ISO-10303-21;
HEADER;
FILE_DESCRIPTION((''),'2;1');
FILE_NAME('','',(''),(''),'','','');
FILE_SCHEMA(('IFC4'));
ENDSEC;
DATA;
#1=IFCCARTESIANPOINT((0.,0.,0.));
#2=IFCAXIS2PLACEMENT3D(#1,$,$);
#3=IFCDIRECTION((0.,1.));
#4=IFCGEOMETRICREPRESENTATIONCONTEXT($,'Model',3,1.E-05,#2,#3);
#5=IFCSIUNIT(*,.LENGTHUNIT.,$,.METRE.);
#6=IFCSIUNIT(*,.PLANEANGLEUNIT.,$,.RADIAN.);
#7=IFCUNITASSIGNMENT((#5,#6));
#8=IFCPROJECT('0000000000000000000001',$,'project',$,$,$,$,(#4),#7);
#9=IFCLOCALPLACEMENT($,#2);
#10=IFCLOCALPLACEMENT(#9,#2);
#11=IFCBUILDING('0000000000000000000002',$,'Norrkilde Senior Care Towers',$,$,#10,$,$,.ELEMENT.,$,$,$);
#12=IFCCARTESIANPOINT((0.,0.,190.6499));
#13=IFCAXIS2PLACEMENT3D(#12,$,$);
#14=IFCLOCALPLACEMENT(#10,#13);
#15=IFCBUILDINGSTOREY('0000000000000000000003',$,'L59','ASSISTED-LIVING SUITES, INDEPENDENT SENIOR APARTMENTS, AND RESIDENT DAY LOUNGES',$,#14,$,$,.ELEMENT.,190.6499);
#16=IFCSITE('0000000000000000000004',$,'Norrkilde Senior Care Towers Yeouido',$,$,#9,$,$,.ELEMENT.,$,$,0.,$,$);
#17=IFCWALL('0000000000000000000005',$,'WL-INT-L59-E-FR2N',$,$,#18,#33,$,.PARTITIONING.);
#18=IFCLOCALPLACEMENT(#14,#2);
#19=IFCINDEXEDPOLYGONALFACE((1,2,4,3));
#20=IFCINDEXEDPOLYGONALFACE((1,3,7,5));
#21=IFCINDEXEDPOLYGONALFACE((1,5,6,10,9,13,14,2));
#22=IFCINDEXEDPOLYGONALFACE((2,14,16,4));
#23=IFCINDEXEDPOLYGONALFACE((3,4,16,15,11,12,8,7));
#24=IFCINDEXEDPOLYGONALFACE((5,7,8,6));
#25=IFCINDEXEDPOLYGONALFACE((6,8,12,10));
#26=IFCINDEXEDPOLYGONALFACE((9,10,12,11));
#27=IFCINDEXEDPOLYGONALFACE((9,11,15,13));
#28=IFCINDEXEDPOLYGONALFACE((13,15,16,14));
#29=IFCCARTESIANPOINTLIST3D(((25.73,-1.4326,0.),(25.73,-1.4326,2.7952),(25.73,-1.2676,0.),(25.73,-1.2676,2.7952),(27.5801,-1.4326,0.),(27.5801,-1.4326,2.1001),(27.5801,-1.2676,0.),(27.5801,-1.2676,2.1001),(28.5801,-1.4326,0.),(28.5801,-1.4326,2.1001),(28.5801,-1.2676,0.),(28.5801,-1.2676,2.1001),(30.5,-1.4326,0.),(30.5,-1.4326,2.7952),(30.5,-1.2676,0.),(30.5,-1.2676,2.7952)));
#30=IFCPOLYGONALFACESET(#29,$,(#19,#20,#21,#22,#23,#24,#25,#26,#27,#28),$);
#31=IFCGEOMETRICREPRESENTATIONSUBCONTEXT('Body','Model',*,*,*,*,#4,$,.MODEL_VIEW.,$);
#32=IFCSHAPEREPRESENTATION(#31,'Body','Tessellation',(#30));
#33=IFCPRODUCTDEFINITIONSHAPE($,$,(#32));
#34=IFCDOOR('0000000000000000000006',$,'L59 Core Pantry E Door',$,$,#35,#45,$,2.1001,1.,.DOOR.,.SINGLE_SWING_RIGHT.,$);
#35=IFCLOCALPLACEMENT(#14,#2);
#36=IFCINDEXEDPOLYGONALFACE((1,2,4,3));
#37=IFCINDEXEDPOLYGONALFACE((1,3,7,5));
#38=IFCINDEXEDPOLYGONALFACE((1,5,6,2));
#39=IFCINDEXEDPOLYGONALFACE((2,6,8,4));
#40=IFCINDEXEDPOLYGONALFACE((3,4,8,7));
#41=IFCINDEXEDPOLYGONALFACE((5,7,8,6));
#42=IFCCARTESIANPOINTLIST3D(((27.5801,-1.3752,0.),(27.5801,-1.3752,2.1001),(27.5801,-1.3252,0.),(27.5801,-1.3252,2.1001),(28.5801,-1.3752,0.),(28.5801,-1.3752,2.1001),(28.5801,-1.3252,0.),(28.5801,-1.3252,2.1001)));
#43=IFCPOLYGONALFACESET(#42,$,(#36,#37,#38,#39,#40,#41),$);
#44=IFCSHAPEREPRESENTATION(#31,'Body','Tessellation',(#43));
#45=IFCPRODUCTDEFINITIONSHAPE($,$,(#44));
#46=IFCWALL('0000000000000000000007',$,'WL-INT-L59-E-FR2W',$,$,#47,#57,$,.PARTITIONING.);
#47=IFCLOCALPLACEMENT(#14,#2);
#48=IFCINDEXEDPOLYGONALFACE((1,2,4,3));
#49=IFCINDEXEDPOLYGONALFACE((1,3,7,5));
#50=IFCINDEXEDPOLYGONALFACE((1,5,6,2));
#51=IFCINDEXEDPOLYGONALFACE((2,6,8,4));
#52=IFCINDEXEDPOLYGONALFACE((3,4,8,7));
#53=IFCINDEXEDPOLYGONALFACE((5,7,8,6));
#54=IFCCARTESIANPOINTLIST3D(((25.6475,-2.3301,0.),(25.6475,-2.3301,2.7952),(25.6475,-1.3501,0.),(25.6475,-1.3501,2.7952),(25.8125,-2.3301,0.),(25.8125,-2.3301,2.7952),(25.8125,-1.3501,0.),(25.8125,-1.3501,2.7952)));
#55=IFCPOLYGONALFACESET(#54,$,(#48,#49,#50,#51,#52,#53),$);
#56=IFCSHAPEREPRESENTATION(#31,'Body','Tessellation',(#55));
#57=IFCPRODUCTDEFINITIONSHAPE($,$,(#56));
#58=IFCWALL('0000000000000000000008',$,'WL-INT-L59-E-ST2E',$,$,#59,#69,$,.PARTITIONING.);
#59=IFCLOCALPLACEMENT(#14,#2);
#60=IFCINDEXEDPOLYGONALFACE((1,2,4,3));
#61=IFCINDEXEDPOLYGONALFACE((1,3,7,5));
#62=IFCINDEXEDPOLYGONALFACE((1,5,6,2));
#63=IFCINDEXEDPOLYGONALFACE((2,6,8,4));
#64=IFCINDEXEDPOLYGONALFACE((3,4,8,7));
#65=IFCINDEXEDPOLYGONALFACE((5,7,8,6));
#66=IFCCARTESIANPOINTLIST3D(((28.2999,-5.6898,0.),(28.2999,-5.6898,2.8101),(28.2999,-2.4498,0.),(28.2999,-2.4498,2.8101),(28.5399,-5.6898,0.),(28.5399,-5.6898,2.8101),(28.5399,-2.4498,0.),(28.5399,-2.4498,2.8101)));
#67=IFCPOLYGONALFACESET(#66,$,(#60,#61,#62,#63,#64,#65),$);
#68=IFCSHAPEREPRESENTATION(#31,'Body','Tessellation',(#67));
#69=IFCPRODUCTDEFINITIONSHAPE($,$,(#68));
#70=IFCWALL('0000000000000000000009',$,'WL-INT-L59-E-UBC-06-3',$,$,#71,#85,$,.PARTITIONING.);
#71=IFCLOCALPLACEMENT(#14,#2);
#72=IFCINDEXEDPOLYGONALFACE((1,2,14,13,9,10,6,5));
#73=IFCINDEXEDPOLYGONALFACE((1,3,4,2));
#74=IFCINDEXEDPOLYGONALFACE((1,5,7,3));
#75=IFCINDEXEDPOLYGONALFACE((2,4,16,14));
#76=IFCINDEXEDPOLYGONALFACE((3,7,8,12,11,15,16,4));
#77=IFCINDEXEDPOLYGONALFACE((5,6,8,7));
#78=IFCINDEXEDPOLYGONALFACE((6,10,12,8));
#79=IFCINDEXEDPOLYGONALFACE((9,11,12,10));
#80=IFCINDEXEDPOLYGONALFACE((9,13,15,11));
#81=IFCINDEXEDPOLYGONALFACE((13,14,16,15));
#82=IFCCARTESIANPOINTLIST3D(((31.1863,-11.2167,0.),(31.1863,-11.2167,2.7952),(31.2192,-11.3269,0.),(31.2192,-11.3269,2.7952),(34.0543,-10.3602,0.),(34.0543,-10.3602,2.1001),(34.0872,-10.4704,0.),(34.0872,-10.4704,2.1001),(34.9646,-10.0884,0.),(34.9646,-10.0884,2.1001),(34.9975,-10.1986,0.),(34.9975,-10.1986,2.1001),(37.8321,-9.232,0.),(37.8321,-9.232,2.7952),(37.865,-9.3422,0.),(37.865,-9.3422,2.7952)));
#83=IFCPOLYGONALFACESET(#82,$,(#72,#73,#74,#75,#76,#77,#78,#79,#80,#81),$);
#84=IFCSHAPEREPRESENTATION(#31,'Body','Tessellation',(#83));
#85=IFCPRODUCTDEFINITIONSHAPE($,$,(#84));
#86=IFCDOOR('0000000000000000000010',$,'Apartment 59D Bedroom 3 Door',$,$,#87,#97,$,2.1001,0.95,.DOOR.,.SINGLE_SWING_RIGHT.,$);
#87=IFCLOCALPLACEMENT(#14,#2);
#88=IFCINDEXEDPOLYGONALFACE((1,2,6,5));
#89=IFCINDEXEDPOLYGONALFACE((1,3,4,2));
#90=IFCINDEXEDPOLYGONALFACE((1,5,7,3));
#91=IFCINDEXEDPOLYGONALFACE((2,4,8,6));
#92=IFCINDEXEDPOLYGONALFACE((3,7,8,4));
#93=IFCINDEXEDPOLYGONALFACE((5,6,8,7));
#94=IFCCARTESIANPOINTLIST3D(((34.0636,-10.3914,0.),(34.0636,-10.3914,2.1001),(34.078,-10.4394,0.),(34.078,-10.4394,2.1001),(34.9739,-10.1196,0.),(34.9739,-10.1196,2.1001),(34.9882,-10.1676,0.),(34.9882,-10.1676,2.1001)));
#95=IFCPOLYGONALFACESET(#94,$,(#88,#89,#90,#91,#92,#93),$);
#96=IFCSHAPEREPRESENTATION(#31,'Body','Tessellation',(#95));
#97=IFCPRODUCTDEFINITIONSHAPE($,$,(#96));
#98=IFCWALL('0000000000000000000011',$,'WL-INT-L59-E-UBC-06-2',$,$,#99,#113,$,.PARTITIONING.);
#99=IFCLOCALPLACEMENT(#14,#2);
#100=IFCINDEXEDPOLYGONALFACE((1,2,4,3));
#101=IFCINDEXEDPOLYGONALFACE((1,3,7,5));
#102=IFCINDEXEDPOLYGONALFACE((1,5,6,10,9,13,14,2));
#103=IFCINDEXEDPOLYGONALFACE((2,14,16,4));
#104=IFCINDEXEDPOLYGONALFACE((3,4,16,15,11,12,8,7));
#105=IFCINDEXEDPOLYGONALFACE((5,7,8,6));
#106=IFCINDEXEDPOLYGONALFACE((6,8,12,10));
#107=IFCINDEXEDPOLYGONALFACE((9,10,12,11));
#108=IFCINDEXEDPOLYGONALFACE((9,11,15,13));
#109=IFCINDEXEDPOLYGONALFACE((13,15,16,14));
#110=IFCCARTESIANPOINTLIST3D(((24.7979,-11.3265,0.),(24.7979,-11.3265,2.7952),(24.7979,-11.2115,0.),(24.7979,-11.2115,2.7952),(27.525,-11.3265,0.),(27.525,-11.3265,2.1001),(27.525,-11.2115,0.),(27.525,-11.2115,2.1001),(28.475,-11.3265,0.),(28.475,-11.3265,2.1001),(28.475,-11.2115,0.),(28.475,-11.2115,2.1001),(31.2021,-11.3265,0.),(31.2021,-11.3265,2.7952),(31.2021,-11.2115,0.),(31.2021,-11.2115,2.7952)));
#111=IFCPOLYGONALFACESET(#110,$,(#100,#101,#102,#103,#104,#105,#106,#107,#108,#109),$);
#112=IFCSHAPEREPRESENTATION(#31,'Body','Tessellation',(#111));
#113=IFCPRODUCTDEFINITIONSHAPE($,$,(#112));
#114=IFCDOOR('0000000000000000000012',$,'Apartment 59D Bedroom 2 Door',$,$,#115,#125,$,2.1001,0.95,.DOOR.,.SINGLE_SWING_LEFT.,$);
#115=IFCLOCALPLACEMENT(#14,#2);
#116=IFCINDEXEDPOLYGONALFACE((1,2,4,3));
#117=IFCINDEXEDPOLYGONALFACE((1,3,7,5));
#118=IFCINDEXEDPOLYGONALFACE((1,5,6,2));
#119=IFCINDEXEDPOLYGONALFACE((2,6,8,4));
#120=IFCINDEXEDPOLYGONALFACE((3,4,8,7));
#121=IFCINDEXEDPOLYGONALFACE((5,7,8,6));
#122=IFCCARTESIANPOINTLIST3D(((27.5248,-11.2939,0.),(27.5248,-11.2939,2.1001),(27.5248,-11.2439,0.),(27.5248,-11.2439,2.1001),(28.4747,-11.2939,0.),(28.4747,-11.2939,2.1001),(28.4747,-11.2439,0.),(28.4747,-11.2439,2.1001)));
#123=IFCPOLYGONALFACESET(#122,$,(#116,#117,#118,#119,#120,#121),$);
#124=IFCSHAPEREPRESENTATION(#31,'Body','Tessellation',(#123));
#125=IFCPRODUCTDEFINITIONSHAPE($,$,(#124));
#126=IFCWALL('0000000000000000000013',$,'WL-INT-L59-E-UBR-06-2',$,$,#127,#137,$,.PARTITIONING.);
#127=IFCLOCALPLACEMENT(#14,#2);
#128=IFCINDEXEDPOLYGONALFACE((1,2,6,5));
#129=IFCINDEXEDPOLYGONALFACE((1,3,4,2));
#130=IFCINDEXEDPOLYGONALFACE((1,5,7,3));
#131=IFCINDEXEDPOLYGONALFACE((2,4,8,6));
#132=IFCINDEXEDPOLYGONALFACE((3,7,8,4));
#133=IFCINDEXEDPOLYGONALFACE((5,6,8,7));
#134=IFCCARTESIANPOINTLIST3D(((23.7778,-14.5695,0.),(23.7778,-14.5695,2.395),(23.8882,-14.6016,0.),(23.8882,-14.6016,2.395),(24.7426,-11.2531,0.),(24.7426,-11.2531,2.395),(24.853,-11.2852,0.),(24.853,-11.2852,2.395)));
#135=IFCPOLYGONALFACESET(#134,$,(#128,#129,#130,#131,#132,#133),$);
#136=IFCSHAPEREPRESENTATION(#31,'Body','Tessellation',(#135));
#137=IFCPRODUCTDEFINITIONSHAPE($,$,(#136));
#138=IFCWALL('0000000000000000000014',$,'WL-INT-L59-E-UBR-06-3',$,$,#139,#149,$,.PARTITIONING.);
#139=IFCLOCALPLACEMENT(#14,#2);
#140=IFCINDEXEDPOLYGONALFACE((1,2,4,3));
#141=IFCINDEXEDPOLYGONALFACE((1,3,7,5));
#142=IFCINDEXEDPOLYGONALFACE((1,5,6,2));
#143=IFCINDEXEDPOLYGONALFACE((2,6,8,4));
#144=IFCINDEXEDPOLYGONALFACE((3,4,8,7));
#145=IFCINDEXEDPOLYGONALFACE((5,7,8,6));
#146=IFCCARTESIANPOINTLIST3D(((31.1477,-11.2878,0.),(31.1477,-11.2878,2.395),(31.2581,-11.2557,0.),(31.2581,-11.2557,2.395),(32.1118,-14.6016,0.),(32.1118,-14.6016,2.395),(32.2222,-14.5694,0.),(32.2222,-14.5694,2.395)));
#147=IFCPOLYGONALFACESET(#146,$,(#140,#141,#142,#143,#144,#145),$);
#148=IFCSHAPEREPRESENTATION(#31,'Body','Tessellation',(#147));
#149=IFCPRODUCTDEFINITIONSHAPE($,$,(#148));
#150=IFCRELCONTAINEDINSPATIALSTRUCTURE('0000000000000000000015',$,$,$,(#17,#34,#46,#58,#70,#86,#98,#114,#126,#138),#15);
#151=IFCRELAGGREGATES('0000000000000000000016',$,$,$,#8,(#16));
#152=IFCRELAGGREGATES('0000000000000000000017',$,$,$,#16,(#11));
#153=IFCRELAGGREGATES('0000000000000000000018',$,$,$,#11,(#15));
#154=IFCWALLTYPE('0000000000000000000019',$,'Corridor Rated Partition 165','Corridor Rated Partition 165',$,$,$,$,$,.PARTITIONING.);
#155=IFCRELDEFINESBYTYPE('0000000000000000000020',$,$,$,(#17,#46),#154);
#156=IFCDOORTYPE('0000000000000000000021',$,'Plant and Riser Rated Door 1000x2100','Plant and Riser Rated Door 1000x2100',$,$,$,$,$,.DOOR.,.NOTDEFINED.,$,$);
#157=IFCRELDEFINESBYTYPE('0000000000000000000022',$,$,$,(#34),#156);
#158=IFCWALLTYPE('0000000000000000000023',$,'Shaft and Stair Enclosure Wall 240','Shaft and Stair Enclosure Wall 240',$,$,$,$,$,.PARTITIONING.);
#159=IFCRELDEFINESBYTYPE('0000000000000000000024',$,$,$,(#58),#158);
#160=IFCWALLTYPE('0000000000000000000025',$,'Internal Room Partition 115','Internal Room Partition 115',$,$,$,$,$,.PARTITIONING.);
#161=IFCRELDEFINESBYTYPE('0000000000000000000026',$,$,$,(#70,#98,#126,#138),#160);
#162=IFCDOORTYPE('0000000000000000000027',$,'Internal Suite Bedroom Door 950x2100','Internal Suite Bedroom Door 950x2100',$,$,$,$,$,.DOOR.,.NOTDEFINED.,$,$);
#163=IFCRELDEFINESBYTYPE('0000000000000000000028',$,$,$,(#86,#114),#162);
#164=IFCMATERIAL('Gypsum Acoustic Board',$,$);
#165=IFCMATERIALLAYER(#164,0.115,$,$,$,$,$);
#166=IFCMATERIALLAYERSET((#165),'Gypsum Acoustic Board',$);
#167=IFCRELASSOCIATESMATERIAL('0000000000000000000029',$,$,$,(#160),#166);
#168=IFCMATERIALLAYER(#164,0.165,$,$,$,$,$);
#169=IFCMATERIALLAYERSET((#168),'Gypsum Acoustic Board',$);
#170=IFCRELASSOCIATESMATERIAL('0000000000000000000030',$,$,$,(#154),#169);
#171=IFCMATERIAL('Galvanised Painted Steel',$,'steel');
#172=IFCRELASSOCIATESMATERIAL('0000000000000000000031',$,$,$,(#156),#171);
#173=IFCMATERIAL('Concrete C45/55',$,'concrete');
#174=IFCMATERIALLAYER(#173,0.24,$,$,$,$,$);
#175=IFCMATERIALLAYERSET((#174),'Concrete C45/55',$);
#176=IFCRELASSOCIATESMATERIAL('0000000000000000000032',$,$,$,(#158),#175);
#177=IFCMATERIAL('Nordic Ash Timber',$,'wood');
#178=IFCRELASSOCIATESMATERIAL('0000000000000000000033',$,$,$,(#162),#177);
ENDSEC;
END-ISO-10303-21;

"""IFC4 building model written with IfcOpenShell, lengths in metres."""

from ifc_helpers import new_model, si_unit, direction, frame, frame_2d, origin, place, context, subcontext, project, spatial, rectangle, extrude, source, transform, mapped, material, layer, layer_set, type_object, type_shapes, element, fill, save


model = new_model("IFC4")

# Units and contexts
model_context = context("Model", 3, precision=1e-05, world=origin(), true_north=direction((0.0, 1.0)))
body_context = subcontext(model_context, "Body", "Model", "MODEL_VIEW")
ifc_project = project(units=[si_unit("LENGTHUNIT", "METRE"), si_unit("PLANEANGLEUNIT", "RADIAN")], contexts=[model_context])

# Site, building, storey
site_placement = place(None, origin())
site = spatial("IfcSite", under=ifc_project, at=site_placement, Name="Norrkilde Senior Care Towers Yeouido", CompositionType="ELEMENT", RefElevation=0.0)
building_placement = place(site_placement, origin())
building = spatial("IfcBuilding", under=site, at=building_placement, Name="Norrkilde Senior Care Towers", CompositionType="ELEMENT")
storey_placement = place(building_placement, frame((0.0, 0.0, 190.6499)))
storey = spatial("IfcBuildingStorey", under=building, at=storey_placement, Name="L59", Description="ASSISTED-LIVING SUITES, INDEPENDENT SENIOR APARTMENTS, AND RESIDENT DAY LOUNGES", CompositionType="ELEMENT", Elevation=190.6499)

# Shared definitions
ifc_material_1 = material(Name="Gypsum Acoustic Board")
ifc_layer_1 = layer(ifc_material_1, 0.115)
ifc_layer_set_1 = layer_set([ifc_layer_1], Name="Gypsum Acoustic Board")
wall_type_1 = type_object("IfcWallType", Name="Internal Room Partition 115", Description="Internal Room Partition 115", PredefinedType="PARTITIONING", material=ifc_layer_set_1)

# Shared definitions
ifc_material_2 = material(Name="Concrete C45/55", Category="concrete")

# Wall, opening, door
ifc_layer_2 = layer(ifc_material_1, 0.165)
ifc_layer_set_2 = layer_set([ifc_layer_2], Name="Gypsum Acoustic Board")
wall_type_2 = type_object("IfcWallType", Name="Corridor Rated Partition 165", Description="Corridor Rated Partition 165", PredefinedType="PARTITIONING", material=ifc_layer_set_2)
shared_shape_1 = source(origin(), body_context, "Body", "SweptSolid", [
    extrude(rectangle(XDim=4.77, YDim=0.165, at=frame_2d((2.385, 0.0))), origin(), (0.0, 0.0, 1.0), 2.7952),
])
wall_1_placement = place(storey_placement, frame((25.73, -1.3501, 0.0), z_axis=(0.0, 0.0, 1.0), x_axis=(1.0, 0.0, 0.0)))
wall_1 = element("IfcWall", 1, at=wall_1_placement, inside=storey, type_object=wall_type_2, Name="WL-INT-L59-E-FR2N", PredefinedType="PARTITIONING", context=body_context, shape_type="MappedRepresentation", body=[
    mapped(shared_shape_1, transform((0.0, 0.0, 0.0), x_axis=(1.0, 0.0, 0.0), y_axis=(0.0, 1.0, 0.0), z_axis=(0.0, 0.0, 1.0), scale=1.0)),
])
opening_1_placement = place(wall_1_placement, frame((1.8501, 0.0, 0.0)))
opening_1 = element("IfcOpeningElement", 2, at=opening_1_placement, cuts=wall_1, PredefinedType="OPENING", context=body_context, shape_type="SweptSolid", body=[
    extrude(rectangle(XDim=1.0, YDim=2.1001, at=frame_2d((0.5, 1.05))), frame((0.0, 0.0925, 0.0), z_axis=(0.0, -1.0, 0.0), x_axis=(1.0, 0.0, 0.0)), (0.0, 0.0, 1.0), 0.1851),
])
ifc_material_3 = material(Name="Galvanised Painted Steel", Category="steel")
door_type_1 = type_object("IfcDoorType", Name="Plant and Riser Rated Door 1000x2100", Description="Plant and Riser Rated Door 1000x2100", OperationType="NOTDEFINED", PredefinedType="DOOR", material=ifc_material_3)
shared_shape_2 = source(origin(), body_context, "Body", "SweptSolid", [
    extrude(rectangle(XDim=1.0, YDim=2.1001, at=frame_2d((0.5, 1.05))), frame((0.0, 0.0249, 0.0), z_axis=(0.0, -1.0, 0.0), x_axis=(1.0, 0.0, 0.0)), (0.0, 0.0, 1.0), 0.05),
])
type_shapes(door_type_1, [shared_shape_2])
door_1_placement = place(opening_1_placement, origin())
door_1 = element("IfcDoor", 3, at=door_1_placement, inside=storey, type_object=door_type_1, Name="L59 Core Pantry E Door", OperationType="SINGLE_SWING_RIGHT", OverallHeight=2.1001, OverallWidth=1.0, PredefinedType="DOOR", context=body_context, shape_type="MappedRepresentation", body=[
    mapped(shared_shape_2, transform((0.0, 0.0, 0.0), x_axis=(1.0, 0.0, 0.0), y_axis=(0.0, 1.0, 0.0), z_axis=(0.0, 0.0, 1.0), scale=1.0)),
])
fill(opening_1, door_1)

# Walls
shared_shape_3 = source(origin(), body_context, "Body", "SweptSolid", [
    extrude(rectangle(XDim=0.98, YDim=0.165, at=frame_2d((0.49, 0.0))), origin(), (0.0, 0.0, 1.0), 2.7952),
])
type_shapes(wall_type_2, [shared_shape_1, shared_shape_3])
wall_2_placement = place(storey_placement, frame((25.73, -2.3301, 0.0), z_axis=(0.0, 0.0, 1.0), x_axis=(0.0, 1.0, 0.0)))
element("IfcWall", 4, at=wall_2_placement, inside=storey, type_object=wall_type_2, Name="WL-INT-L59-E-FR2W", PredefinedType="PARTITIONING", context=body_context, shape_type="MappedRepresentation", body=[
    mapped(shared_shape_3, transform((0.0, 0.0, 0.0), x_axis=(1.0, 0.0, 0.0), y_axis=(0.0, 1.0, 0.0), z_axis=(0.0, 0.0, 1.0), scale=1.0)),
])
ifc_layer_3 = layer(ifc_material_2, 0.24)
ifc_layer_set_3 = layer_set([ifc_layer_3], Name="Concrete C45/55")
wall_type_3 = type_object("IfcWallType", Name="Shaft and Stair Enclosure Wall 240", Description="Shaft and Stair Enclosure Wall 240", PredefinedType="PARTITIONING", material=ifc_layer_set_3)
shared_shape_4 = source(origin(), body_context, "Body", "SweptSolid", [
    extrude(rectangle(XDim=3.24, YDim=0.24, at=frame_2d((1.6201, 0.0))), origin(), (0.0, 0.0, 1.0), 2.8101),
])
type_shapes(wall_type_3, [shared_shape_4])
wall_3_placement = place(storey_placement, frame((28.4199, -5.6899, 0.0), z_axis=(0.0, 0.0, 1.0), x_axis=(0.0, 1.0, 0.0)))
element("IfcWall", 5, at=wall_3_placement, inside=storey, type_object=wall_type_3, Name="WL-INT-L59-E-ST2E", PredefinedType="PARTITIONING", context=body_context, shape_type="MappedRepresentation", body=[
    mapped(shared_shape_4, transform((0.0, 0.0, 0.0), x_axis=(1.0, 0.0, 0.0), y_axis=(0.0, 1.0, 0.0), z_axis=(0.0, 0.0, 1.0), scale=1.0)),
])

# Walls, openings, doors
shared_shape_5 = source(origin(), body_context, "Body", "SweptSolid", [
    extrude(rectangle(XDim=6.9358, YDim=0.115, at=frame_2d((3.4678, 0.0))), origin(), (0.0, 0.0, 1.0), 2.7952),
])
wall_4_placement = place(storey_placement, frame((31.2029, -11.2717, 0.0), z_axis=(0.0, 0.0, 1.0), x_axis=(0.958187, 0.286143, 0.0)))
wall_4 = element("IfcWall", 6, at=wall_4_placement, inside=storey, type_object=wall_type_1, Name="WL-INT-L59-E-UBC-06-3", PredefinedType="PARTITIONING", context=body_context, shape_type="MappedRepresentation", body=[
    mapped(shared_shape_5, transform((0.0, 0.0, 0.0), x_axis=(1.0, 0.0, 0.0), y_axis=(0.0, 1.0, 0.0), z_axis=(0.0, 0.0, 1.0), scale=1.0)),
])
opening_2_placement = place(wall_4_placement, frame((2.9929, 0.0, 0.0)))
opening_2 = element("IfcOpeningElement", 7, at=opening_2_placement, cuts=wall_4, PredefinedType="OPENING", context=body_context, shape_type="SweptSolid", body=[
    extrude(rectangle(XDim=0.95, YDim=2.1001, at=frame_2d((0.4751, 1.05))), frame((0.0, 0.0674, 0.0), z_axis=(0.0, -1.0, 0.0), x_axis=(1.0, 0.0, 0.0)), (0.0, 0.0, 1.0), 0.135),
])
ifc_material_4 = material(Name="Nordic Ash Timber", Category="wood")
door_type_2 = type_object("IfcDoorType", Name="Internal Suite Bedroom Door 950x2100", Description="Internal Suite Bedroom Door 950x2100", OperationType="NOTDEFINED", PredefinedType="DOOR", material=ifc_material_4)
shared_shape_6 = source(origin(), body_context, "Body", "SweptSolid", [
    extrude(rectangle(XDim=0.95, YDim=2.1001, at=frame_2d((0.4751, 1.05))), frame((0.0, 0.0249, 0.0), z_axis=(0.0, -1.0, 0.0), x_axis=(1.0, 0.0, 0.0)), (0.0, 0.0, 1.0), 0.05),
])
type_shapes(door_type_2, [shared_shape_6])
door_2_placement = place(opening_2_placement, origin())
door_2 = element("IfcDoor", 8, at=door_2_placement, inside=storey, type_object=door_type_2, Name="Apartment 59D Bedroom 3 Door", OperationType="SINGLE_SWING_RIGHT", OverallHeight=2.1001, OverallWidth=0.95, PredefinedType="DOOR", context=body_context, shape_type="MappedRepresentation", body=[
    mapped(shared_shape_6, transform((0.0, 0.0, 0.0), x_axis=(1.0, 0.0, 0.0), y_axis=(0.0, 1.0, 0.0), z_axis=(0.0, 0.0, 1.0), scale=1.0)),
])
fill(opening_2, door_2)
shared_shape_7 = source(origin(), body_context, "Body", "SweptSolid", [
    extrude(rectangle(XDim=6.4043, YDim=0.115, at=frame_2d((3.2021, 0.0))), origin(), (0.0, 0.0, 1.0), 2.7952),
])
wall_5_placement = place(storey_placement, frame((24.7979, -11.269, 0.0), z_axis=(0.0, 0.0, 1.0), x_axis=(1.0, 0.0, 0.0)))
wall_5 = element("IfcWall", 9, at=wall_5_placement, inside=storey, type_object=wall_type_1, Name="WL-INT-L59-E-UBC-06-2", PredefinedType="PARTITIONING", context=body_context, shape_type="MappedRepresentation", body=[
    mapped(shared_shape_7, transform((0.0, 0.0, 0.0), x_axis=(1.0, 0.0, 0.0), y_axis=(0.0, 1.0, 0.0), z_axis=(0.0, 0.0, 1.0), scale=1.0)),
])
opening_3_placement = place(wall_5_placement, frame((2.7271, 0.0, 0.0)))
opening_3 = element("IfcOpeningElement", 10, at=opening_3_placement, cuts=wall_5, PredefinedType="OPENING", context=body_context, shape_type="SweptSolid", body=[
    extrude(rectangle(XDim=0.95, YDim=2.1001, at=frame_2d((0.4751, 1.05))), frame((0.0, 0.0674, 0.0), z_axis=(0.0, -1.0, 0.0), x_axis=(1.0, 0.0, 0.0)), (0.0, 0.0, 1.0), 0.135),
])
door_3_placement = place(opening_3_placement, frame((0.95, 0.0, 0.0), z_axis=(0.0, 0.0, 1.0), x_axis=(-1.0, 0.0, 0.0)))
door_3 = element("IfcDoor", 11, at=door_3_placement, inside=storey, type_object=door_type_2, Name="Apartment 59D Bedroom 2 Door", OperationType="SINGLE_SWING_LEFT", OverallHeight=2.1001, OverallWidth=0.95, PredefinedType="DOOR", context=body_context, shape_type="MappedRepresentation", body=[
    mapped(shared_shape_6, transform((0.0, 0.0, 0.0), x_axis=(1.0, 0.0, 0.0), y_axis=(0.0, 1.0, 0.0), z_axis=(0.0, 0.0, 1.0), scale=1.0)),
])
fill(opening_3, door_3)

# Walls
shared_shape_8 = source(origin(), body_context, "Body", "SweptSolid", [
    extrude(rectangle(XDim=3.4539, YDim=0.115, at=frame_2d((1.7271, 0.0))), origin(), (0.0, 0.0, 1.0), 2.395),
])
wall_6_placement = place(storey_placement, frame((24.7979, -11.269, 0.0), z_axis=(0.0, 0.0, 1.0), x_axis=(-0.279348, -0.96019, 0.0)))
element("IfcWall", 12, at=wall_6_placement, inside=storey, type_object=wall_type_1, Name="WL-INT-L59-E-UBR-06-2", PredefinedType="PARTITIONING", context=body_context, shape_type="MappedRepresentation", body=[
    mapped(shared_shape_8, transform((0.0, 0.0, 0.0), x_axis=(1.0, 0.0, 0.0), y_axis=(0.0, 1.0, 0.0), z_axis=(0.0, 0.0, 1.0), scale=1.0)),
])
shared_shape_9 = source(origin(), body_context, "Body", "SweptSolid", [
    extrude(rectangle(XDim=3.4512, YDim=0.115, at=frame_2d((1.7256, 0.0))), origin(), (0.0, 0.0, 1.0), 2.395),
])
wall_7_placement = place(storey_placement, frame((31.2029, -11.2717, 0.0), z_axis=(0.0, 0.0, 1.0), x_axis=(0.279362, -0.960186, 0.0)))
element("IfcWall", 13, at=wall_7_placement, inside=storey, type_object=wall_type_1, Name="WL-INT-L59-E-UBR-06-3", PredefinedType="PARTITIONING", context=body_context, shape_type="MappedRepresentation", body=[
    mapped(shared_shape_9, transform((0.0, 0.0, 0.0), x_axis=(1.0, 0.0, 0.0), y_axis=(0.0, 1.0, 0.0), z_axis=(0.0, 0.0, 1.0), scale=1.0)),
])

save(model, "model.ifc")
